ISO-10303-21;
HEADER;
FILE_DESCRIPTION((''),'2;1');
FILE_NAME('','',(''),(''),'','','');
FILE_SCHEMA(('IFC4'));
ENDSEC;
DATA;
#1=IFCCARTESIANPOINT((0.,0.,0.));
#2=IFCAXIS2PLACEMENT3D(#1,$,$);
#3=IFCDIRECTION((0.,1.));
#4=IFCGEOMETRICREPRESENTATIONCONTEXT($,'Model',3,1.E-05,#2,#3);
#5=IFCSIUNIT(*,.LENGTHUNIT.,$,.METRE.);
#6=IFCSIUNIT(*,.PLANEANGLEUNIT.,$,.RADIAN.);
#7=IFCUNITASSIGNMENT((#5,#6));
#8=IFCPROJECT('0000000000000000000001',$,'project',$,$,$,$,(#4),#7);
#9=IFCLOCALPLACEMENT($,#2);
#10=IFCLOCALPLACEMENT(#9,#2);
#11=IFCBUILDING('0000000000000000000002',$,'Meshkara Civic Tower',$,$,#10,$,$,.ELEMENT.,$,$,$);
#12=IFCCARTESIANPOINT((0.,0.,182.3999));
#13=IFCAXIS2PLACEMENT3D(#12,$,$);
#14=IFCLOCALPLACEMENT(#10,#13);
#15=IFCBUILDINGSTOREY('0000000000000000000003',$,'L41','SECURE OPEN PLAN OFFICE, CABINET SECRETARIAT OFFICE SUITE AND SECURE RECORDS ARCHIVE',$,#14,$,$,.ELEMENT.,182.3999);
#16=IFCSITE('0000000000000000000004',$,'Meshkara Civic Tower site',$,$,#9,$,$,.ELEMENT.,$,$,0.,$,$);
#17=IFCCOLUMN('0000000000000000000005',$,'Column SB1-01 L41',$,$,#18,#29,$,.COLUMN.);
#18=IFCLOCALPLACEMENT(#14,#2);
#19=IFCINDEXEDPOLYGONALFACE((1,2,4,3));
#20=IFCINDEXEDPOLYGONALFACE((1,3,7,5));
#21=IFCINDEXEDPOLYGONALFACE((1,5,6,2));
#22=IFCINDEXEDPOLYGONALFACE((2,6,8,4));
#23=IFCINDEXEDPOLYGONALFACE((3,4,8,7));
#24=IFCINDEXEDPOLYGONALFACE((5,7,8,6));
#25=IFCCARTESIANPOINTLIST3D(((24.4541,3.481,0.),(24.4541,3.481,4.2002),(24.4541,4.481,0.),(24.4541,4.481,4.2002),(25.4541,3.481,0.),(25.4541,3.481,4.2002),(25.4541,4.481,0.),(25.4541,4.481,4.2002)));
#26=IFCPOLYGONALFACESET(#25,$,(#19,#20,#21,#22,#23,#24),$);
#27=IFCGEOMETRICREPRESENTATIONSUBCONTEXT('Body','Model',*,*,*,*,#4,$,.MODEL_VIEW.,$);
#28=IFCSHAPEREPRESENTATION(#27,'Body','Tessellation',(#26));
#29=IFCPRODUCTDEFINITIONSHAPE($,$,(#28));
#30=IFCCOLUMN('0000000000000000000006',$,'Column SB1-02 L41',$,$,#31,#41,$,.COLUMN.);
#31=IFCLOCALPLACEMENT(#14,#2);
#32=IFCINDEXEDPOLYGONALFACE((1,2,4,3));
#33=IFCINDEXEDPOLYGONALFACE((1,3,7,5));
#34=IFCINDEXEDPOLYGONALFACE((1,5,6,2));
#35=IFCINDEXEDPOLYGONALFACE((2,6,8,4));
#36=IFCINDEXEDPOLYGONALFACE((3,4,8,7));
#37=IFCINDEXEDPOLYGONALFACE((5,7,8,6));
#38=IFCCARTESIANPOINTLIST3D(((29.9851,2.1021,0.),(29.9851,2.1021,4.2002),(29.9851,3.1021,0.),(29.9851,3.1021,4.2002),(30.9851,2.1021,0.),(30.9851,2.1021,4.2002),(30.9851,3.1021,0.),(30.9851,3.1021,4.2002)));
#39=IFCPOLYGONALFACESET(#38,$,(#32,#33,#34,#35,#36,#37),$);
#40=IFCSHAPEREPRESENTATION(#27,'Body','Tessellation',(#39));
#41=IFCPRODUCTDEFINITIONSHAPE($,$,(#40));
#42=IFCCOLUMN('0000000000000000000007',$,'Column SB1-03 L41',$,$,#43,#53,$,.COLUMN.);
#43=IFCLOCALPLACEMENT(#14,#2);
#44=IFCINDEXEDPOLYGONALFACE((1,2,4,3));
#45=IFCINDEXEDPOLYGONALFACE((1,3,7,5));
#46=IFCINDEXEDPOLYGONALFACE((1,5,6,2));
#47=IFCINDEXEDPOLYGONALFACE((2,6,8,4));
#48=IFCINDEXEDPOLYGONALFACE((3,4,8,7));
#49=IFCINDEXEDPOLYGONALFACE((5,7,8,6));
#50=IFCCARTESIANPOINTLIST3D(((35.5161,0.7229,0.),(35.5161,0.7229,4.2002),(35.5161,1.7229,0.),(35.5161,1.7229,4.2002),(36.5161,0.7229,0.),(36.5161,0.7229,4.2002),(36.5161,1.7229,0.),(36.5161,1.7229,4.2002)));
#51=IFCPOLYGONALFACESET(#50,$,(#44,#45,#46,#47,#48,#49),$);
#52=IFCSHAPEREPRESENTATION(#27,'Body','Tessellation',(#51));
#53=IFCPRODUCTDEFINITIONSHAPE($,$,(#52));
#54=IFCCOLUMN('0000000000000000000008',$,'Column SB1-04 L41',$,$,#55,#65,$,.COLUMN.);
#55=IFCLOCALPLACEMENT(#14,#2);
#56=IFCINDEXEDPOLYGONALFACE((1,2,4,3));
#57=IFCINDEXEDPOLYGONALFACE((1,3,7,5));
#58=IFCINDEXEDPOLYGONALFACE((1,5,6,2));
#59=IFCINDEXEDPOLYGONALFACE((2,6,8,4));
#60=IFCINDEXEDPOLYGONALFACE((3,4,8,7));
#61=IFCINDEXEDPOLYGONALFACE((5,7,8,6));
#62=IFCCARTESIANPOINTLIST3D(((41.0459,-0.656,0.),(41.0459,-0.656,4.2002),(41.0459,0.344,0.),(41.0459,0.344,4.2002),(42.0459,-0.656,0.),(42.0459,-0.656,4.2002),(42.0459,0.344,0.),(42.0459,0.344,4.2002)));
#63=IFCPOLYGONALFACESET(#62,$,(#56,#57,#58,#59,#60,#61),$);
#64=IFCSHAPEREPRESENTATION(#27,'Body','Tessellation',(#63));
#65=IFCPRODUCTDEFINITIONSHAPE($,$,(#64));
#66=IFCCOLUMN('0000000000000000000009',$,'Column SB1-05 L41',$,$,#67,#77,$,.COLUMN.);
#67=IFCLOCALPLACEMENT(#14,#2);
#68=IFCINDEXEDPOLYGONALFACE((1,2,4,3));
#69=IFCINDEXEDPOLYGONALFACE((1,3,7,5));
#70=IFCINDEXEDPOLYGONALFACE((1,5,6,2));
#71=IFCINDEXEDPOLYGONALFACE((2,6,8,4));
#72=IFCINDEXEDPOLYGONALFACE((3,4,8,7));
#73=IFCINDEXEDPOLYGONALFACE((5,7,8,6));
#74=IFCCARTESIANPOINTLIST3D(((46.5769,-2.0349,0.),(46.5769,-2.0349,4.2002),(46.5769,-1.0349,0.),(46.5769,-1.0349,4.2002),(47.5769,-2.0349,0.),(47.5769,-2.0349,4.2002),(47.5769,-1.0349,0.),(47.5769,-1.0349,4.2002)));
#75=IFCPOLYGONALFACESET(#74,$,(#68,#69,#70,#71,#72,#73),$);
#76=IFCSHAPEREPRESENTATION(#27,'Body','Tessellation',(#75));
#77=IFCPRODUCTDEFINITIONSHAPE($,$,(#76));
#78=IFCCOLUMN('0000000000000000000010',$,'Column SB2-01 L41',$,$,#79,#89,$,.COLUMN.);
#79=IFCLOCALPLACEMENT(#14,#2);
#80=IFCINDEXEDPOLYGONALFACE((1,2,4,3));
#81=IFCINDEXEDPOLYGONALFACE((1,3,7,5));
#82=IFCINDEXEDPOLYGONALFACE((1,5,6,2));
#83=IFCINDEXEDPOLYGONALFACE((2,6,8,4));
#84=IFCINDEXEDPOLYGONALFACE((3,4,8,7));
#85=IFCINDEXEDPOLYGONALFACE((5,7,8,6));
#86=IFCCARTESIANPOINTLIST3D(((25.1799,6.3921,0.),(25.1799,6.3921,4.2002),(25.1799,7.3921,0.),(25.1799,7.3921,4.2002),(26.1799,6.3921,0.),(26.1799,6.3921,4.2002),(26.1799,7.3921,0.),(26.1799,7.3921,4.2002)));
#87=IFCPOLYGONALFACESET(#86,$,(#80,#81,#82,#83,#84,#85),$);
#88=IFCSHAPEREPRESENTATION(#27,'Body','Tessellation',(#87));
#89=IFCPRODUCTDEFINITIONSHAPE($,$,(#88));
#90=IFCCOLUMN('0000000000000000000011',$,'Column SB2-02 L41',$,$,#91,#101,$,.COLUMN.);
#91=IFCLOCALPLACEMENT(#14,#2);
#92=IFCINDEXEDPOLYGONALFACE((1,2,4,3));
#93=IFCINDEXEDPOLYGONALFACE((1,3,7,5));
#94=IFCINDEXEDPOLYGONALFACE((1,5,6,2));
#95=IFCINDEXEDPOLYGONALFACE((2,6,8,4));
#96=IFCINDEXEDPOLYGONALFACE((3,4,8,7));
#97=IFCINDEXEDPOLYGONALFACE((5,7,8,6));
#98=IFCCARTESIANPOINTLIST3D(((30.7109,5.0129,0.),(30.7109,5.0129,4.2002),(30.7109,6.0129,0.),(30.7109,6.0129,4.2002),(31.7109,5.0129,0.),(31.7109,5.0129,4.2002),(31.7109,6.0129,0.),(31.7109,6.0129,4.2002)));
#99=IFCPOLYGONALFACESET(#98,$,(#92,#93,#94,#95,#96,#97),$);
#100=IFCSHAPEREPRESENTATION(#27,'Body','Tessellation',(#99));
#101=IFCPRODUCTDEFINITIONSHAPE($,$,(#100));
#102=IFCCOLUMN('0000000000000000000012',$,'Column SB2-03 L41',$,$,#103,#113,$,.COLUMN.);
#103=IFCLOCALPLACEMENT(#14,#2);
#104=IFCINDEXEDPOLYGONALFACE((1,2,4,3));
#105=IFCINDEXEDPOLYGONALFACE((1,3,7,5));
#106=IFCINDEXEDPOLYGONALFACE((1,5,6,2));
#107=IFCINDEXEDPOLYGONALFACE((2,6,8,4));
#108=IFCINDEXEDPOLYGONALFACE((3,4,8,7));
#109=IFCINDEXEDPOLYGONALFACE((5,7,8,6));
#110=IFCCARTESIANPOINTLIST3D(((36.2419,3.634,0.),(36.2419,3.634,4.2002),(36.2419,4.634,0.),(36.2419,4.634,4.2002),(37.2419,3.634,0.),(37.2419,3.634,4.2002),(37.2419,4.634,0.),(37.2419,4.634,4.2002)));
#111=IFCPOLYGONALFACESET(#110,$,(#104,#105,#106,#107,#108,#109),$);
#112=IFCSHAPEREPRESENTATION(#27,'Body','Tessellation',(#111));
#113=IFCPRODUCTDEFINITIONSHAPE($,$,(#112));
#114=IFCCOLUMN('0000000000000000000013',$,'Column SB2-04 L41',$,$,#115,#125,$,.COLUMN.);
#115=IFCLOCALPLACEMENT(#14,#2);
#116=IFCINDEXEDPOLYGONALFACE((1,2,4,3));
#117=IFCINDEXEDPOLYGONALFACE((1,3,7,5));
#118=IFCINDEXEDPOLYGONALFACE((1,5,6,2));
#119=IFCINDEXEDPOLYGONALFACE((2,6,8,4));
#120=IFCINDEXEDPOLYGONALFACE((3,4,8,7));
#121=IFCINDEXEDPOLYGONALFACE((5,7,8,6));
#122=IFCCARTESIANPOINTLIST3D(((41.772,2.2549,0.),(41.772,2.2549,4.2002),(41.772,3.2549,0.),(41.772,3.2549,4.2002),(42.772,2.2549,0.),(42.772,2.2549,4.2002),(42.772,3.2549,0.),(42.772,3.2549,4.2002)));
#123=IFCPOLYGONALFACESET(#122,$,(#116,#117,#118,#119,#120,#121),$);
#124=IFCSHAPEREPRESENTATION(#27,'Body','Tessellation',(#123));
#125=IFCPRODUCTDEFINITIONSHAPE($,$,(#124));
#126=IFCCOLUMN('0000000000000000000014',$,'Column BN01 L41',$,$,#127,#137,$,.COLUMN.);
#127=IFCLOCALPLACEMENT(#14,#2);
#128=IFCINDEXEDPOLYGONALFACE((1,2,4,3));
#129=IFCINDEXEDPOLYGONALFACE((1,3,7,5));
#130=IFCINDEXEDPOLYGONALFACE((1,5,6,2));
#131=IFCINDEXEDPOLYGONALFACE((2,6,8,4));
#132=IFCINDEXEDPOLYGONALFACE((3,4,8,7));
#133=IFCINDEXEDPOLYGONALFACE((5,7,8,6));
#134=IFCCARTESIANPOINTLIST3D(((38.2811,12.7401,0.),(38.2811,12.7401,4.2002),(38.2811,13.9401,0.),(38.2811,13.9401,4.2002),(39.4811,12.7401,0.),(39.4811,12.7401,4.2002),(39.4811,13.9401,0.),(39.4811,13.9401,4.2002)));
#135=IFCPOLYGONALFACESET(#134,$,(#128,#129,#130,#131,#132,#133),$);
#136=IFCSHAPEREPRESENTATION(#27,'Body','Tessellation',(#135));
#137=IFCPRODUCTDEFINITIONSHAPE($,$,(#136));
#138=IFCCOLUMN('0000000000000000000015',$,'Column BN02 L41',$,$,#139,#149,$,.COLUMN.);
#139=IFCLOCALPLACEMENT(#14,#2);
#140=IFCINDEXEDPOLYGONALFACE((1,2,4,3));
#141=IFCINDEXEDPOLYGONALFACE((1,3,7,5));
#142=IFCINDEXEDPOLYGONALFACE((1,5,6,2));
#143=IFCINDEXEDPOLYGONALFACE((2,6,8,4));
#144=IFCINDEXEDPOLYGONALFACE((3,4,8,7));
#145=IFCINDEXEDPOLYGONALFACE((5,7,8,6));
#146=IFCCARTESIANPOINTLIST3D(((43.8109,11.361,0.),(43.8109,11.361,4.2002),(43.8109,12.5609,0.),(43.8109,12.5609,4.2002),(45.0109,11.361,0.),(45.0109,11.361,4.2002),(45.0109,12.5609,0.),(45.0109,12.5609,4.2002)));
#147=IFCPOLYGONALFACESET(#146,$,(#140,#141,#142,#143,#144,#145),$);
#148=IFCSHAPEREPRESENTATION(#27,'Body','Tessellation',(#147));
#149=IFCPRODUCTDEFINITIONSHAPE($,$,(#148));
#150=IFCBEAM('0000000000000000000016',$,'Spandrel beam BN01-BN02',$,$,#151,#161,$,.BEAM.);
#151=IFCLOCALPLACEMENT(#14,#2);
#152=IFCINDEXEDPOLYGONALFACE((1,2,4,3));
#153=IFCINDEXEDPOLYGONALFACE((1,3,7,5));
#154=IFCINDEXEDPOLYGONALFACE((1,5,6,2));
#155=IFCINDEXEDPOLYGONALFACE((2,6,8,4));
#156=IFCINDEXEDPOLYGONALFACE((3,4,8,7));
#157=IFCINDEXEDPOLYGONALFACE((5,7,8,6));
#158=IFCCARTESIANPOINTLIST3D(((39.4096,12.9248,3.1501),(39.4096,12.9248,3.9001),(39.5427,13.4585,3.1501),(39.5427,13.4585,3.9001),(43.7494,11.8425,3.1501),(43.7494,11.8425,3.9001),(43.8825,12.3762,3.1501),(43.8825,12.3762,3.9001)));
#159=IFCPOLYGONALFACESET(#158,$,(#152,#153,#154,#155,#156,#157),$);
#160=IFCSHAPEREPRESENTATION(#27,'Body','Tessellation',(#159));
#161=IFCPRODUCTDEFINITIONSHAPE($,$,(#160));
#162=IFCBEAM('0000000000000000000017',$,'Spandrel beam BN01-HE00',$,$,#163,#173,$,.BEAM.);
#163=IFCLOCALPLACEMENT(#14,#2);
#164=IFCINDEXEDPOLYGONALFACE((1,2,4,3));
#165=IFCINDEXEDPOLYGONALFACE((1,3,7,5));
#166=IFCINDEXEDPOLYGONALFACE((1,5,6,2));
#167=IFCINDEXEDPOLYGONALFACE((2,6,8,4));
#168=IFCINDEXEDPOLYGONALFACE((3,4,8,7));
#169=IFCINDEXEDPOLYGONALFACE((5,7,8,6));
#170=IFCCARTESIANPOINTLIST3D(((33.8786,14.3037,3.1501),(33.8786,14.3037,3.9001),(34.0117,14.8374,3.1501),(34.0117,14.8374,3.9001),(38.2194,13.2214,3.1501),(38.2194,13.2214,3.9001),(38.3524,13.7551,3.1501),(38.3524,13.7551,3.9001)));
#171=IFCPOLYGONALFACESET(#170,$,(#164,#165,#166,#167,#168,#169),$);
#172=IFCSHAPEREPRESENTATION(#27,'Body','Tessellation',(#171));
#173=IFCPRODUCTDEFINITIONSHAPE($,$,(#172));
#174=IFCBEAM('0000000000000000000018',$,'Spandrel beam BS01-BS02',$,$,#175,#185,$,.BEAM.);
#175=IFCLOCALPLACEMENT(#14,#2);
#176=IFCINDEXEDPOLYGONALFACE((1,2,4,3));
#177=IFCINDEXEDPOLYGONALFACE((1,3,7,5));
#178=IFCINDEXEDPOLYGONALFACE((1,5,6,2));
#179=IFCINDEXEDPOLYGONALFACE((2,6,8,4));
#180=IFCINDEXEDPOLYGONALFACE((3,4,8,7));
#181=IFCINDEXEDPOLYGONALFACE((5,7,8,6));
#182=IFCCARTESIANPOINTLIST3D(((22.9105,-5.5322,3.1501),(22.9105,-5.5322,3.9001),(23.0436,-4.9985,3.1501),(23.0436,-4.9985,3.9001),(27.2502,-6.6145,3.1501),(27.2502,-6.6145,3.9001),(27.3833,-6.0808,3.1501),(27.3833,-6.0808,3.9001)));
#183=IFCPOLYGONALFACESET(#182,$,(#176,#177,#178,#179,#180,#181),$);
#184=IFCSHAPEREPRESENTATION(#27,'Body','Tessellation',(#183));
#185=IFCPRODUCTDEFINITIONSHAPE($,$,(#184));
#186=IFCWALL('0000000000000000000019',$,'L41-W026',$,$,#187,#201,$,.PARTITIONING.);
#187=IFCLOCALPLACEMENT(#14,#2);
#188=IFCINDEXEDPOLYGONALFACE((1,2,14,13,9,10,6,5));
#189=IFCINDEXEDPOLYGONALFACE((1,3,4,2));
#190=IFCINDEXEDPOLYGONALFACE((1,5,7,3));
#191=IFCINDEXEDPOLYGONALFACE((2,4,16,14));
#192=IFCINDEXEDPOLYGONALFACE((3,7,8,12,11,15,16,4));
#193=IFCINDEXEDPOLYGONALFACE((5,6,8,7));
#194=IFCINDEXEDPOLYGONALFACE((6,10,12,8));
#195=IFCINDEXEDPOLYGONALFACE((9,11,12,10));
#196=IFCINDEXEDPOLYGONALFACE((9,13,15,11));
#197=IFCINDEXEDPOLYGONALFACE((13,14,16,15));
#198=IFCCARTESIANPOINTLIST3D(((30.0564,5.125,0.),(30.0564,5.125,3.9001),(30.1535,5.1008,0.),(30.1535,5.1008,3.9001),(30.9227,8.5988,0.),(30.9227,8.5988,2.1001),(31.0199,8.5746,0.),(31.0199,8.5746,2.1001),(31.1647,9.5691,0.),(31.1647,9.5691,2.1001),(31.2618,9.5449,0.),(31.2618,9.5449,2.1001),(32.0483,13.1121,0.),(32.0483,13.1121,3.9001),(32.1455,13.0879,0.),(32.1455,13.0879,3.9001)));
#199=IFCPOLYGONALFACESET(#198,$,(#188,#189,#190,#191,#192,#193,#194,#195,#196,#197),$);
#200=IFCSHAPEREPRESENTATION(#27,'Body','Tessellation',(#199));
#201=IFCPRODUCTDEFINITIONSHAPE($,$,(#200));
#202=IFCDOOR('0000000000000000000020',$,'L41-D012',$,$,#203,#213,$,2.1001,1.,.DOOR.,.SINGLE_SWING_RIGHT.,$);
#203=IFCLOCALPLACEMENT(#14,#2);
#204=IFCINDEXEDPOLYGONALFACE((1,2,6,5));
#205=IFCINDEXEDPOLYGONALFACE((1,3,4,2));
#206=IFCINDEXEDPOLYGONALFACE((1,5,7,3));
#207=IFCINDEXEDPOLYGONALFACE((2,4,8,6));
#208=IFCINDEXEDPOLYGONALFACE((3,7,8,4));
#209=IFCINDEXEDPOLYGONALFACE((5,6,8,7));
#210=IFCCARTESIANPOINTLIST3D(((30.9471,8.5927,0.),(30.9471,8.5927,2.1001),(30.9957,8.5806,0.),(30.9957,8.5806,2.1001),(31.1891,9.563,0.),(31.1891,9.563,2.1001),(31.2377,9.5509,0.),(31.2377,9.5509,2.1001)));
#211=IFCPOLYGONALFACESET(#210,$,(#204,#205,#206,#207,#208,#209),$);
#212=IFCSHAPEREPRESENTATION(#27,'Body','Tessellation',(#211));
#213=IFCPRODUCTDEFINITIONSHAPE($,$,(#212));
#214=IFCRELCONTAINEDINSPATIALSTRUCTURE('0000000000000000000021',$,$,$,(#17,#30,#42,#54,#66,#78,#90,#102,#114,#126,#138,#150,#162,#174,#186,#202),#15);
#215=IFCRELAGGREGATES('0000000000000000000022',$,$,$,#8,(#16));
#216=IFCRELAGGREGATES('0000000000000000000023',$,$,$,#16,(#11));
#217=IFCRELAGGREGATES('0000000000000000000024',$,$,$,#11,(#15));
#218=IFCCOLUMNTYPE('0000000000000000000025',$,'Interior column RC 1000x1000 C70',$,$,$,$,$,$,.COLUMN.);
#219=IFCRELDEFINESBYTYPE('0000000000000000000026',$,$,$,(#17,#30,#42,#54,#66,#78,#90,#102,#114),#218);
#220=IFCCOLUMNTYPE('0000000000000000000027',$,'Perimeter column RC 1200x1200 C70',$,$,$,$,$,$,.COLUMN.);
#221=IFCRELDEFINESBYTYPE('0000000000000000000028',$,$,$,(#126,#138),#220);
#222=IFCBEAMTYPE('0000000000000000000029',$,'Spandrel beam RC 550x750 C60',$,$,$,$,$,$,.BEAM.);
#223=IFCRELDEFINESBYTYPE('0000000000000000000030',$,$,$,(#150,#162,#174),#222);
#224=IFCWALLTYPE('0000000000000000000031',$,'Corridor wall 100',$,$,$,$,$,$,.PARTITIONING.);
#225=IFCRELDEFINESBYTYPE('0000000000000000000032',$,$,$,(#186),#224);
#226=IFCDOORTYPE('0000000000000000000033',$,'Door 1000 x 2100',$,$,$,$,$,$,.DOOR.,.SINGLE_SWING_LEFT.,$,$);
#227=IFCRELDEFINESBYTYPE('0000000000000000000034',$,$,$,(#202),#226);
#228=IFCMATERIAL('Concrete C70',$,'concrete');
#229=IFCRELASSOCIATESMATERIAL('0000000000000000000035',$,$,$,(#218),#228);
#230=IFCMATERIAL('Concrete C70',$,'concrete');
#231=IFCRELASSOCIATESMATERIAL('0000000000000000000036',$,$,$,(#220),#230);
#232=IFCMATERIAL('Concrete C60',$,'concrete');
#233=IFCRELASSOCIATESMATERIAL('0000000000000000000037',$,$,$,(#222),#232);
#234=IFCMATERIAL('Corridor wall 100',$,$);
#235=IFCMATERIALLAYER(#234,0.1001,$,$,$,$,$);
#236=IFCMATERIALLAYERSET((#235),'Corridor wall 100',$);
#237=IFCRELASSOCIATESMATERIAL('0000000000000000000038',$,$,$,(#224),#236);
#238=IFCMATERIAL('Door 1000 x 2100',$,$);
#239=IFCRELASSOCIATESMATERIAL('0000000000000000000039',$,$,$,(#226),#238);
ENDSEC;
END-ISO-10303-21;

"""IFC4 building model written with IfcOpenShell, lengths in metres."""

from ifc_helpers import new_model, si_unit, direction, frame, frame_2d, origin, origin_2d, place, context, subcontext, project, spatial, rectangle, extrude, material, layer, layer_set, material_profile, profile_set, type_object, element, fill, save


model = new_model("IFC4")

# Units and contexts
model_context = context("Model", 3, precision=1e-05, world=origin(), true_north=direction((0.0, 1.0)))
body_context = subcontext(model_context, "Body", "Model", "MODEL_VIEW")
ifc_project = project(units=[si_unit("LENGTHUNIT", "METRE"), si_unit("PLANEANGLEUNIT", "RADIAN")], contexts=[model_context])

# Site, building, storey
site_placement = place(None, origin())
site = spatial("IfcSite", under=ifc_project, at=site_placement, Name="Meshkara Civic Tower site", CompositionType="ELEMENT", RefElevation=0.0)
building_placement = place(site_placement, origin())
building = spatial("IfcBuilding", under=site, at=building_placement, Name="Meshkara Civic Tower", CompositionType="ELEMENT")
storey_placement = place(building_placement, frame((0.0, 0.0, 182.3999)))
storey = spatial("IfcBuildingStorey", under=building, at=storey_placement, Name="L41", Description="SECURE OPEN PLAN OFFICE, CABINET SECRETARIAT OFFICE SUITE AND SECURE RECORDS ARCHIVE", CompositionType="ELEMENT", Elevation=182.3999)

# Columns
ifc_material_1 = material(Name="Concrete C70", Category="concrete")
ifc_material_profile_1 = material_profile(ifc_material_1, rectangle(XDim=1.0, YDim=1.0, at=origin_2d()))
ifc_profile_set_1 = profile_set([ifc_material_profile_1], Name="Concrete C70")
column_type_1 = type_object("IfcColumnType", Name="Interior column RC 1000x1000 C70", PredefinedType="COLUMN", material=ifc_profile_set_1)
for number, where, z_axis, x_axis, name in (
    (1, (24.9541, 3.981, 0.0), (0.0, 0.0, 1.0), (1.0, 0.0, 0.0), "Column SB1-01 L41"),
    (2, (30.4851, 2.6021, 0.0), (0.0, 0.0, 1.0), (1.0, 0.0, 0.0), "Column SB1-02 L41"),
    (3, (36.0161, 1.2229, 0.0), (0.0, 0.0, 1.0), (1.0, 0.0, 0.0), "Column SB1-03 L41"),
    (4, (41.5459, -0.156, 0.0), (0.0, 0.0, 1.0), (1.0, 0.0, 0.0), "Column SB1-04 L41"),
    (5, (47.0769, -1.5349, 0.0), (0.0, 0.0, 1.0), (1.0, 0.0, 0.0), "Column SB1-05 L41"),
    (6, (25.6799, 6.8921, 0.0), (0.0, 0.0, 1.0), (1.0, 0.0, 0.0), "Column SB2-01 L41"),
    (7, (31.2109, 5.5129, 0.0), (0.0, 0.0, 1.0), (1.0, 0.0, 0.0), "Column SB2-02 L41"),
    (8, (36.7419, 4.134, 0.0), (0.0, 0.0, 1.0), (1.0, 0.0, 0.0), "Column SB2-03 L41"),
    (9, (42.272, 2.7549, 0.0), (0.0, 0.0, 1.0), (1.0, 0.0, 0.0), "Column SB2-04 L41"),
):
    element("IfcColumn", number, at=place(storey_placement, frame(where, z_axis=z_axis, x_axis=x_axis)), inside=storey, type_object=column_type_1, Name=name, PredefinedType="COLUMN", context=body_context, shape_type="SweptSolid", body=[
        extrude(rectangle(XDim=1.0, YDim=1.0, at=origin_2d()), origin(), (0.0, 0.0, 1.0), 4.2002),
    ])
ifc_material_2 = material(Name="Concrete C70", Category="concrete")
ifc_material_profile_2 = material_profile(ifc_material_2, rectangle(XDim=1.2, YDim=1.2, at=origin_2d()))
ifc_profile_set_2 = profile_set([ifc_material_profile_2], Name="Concrete C70")
column_type_2 = type_object("IfcColumnType", Name="Perimeter column RC 1200x1200 C70", PredefinedType="COLUMN", material=ifc_profile_set_2)
for number, where, z_axis, x_axis, name in (
    (10, (38.8811, 13.3401, 0.0), (0.0, 0.0, 1.0), (1.0, 0.0, 0.0), "Column BN01 L41"),
    (11, (44.4109, 11.9609, 0.0), (0.0, 0.0, 1.0), (1.0, 0.0, 0.0), "Column BN02 L41"),
):
    element("IfcColumn", number, at=place(storey_placement, frame(where, z_axis=z_axis, x_axis=x_axis)), inside=storey, type_object=column_type_2, Name=name, PredefinedType="COLUMN", context=body_context, shape_type="SweptSolid", body=[
        extrude(rectangle(XDim=1.2, YDim=1.2, at=origin_2d()), origin(), (0.0, 0.0, 1.0), 4.2002),
    ])

# Beams
ifc_material_3 = material(Name="Concrete C60", Category="concrete")
ifc_material_profile_3 = material_profile(ifc_material_3, rectangle(XDim=0.55, YDim=0.75, at=origin_2d()))
ifc_profile_set_3 = profile_set([ifc_material_profile_3], Name="Concrete C60")
beam_type = type_object("IfcBeamType", Name="Spandrel beam RC 550x750 C60", PredefinedType="BEAM", material=ifc_profile_set_3)
beam_1_placement = place(storey_placement, frame((43.8159, 12.1094, 3.5251), z_axis=(-0.970284, 0.24197, 0.0), x_axis=(-0.24197, -0.970284, 0.0)))
element("IfcBeam", 12, at=beam_1_placement, inside=storey, type_object=beam_type, Name="Spandrel beam BN01-BN02", PredefinedType="BEAM", context=body_context, shape_type="SweptSolid", body=[
    extrude(rectangle(XDim=0.55, YDim=0.75, at=origin_2d()), origin(), (0.0, 0.0, 1.0), 4.4727),
])
beam_2_placement = place(storey_placement, frame((38.2859, 13.4883, 3.5251), z_axis=(-0.970296, 0.241919, 0.0), x_axis=(-0.241919, -0.970296, 0.0)))
element("IfcBeam", 13, at=beam_2_placement, inside=storey, type_object=beam_type, Name="Spandrel beam BN01-HE00", PredefinedType="BEAM", context=body_context, shape_type="SweptSolid", body=[
    extrude(rectangle(XDim=0.55, YDim=0.75, at=origin_2d()), origin(), (0.0, 0.0, 1.0), 4.4736),
])
beam_3_placement = place(storey_placement, frame((22.9771, -5.2654, 3.5251), z_axis=(0.970284, -0.24197, 0.0), x_axis=(0.24197, 0.970284, 0.0)))
element("IfcBeam", 14, at=beam_3_placement, inside=storey, type_object=beam_type, Name="Spandrel beam BS01-BS02", PredefinedType="BEAM", context=body_context, shape_type="SweptSolid", body=[
    extrude(rectangle(XDim=0.55, YDim=0.75, at=origin_2d()), origin(), (0.0, 0.0, 1.0), 4.4727),
])

# Wall, opening, door
ifc_material_4 = material(Name="Corridor wall 100")
ifc_layer_1 = layer(ifc_material_4, 0.1001)
ifc_layer_set_1 = layer_set([ifc_layer_1], Name="Corridor wall 100")
wall_type_1 = type_object("IfcWallType", Name="Corridor wall 100", PredefinedType="PARTITIONING", material=ifc_layer_set_1)
wall_1_placement = place(storey_placement, frame((30.105, 5.113, 0.0), z_axis=(0.0, 0.0, 1.0), x_axis=(0.241984, 0.97028, 0.0)))
wall_1 = element("IfcWall", 15, at=wall_1_placement, inside=storey, type_object=wall_type_1, Name="L41-W026", PredefinedType="PARTITIONING", context=body_context, shape_type="SweptSolid", body=[
    extrude(rectangle(XDim=8.2317, YDim=0.1001, at=frame_2d((4.1157, 0.0))), origin(), (0.0, 0.0, 1.0), 3.9001),
])
opening_1_placement = place(wall_1_placement, frame((3.5801, 0.0, 0.0)))
opening_1 = element("IfcOpeningElement", 16, at=opening_1_placement, cuts=wall_1, PredefinedType="OPENING", context=body_context, shape_type="SweptSolid", body=[
    extrude(rectangle(XDim=1.0, YDim=2.1001, at=frame_2d((0.5, 1.05))), frame((0.0, 0.0601, 0.0), z_axis=(0.0, -1.0, 0.0), x_axis=(1.0, 0.0, 0.0)), (0.0, 0.0, 1.0), 0.1201),
])
ifc_material_5 = material(Name="Door 1000 x 2100")
door_type = type_object("IfcDoorType", Name="Door 1000 x 2100", OperationType="SINGLE_SWING_LEFT", PredefinedType="DOOR", material=ifc_material_5)
door_1_placement = place(opening_1_placement, origin())
door_1 = element("IfcDoor", 17, at=door_1_placement, inside=storey, type_object=door_type, Name="L41-D012", OperationType="SINGLE_SWING_RIGHT", OverallHeight=2.1001, OverallWidth=1.0, PredefinedType="DOOR", context=body_context, shape_type="SweptSolid", body=[
    extrude(rectangle(XDim=1.0, YDim=2.1001, at=frame_2d((0.5, 1.05))), frame((0.0, 0.0249, 0.0), z_axis=(0.0, -1.0, 0.0), x_axis=(1.0, 0.0, 0.0)), (0.0, 0.0, 1.0), 0.05),
])
fill(opening_1, door_1)

save(model, "model.ifc")
